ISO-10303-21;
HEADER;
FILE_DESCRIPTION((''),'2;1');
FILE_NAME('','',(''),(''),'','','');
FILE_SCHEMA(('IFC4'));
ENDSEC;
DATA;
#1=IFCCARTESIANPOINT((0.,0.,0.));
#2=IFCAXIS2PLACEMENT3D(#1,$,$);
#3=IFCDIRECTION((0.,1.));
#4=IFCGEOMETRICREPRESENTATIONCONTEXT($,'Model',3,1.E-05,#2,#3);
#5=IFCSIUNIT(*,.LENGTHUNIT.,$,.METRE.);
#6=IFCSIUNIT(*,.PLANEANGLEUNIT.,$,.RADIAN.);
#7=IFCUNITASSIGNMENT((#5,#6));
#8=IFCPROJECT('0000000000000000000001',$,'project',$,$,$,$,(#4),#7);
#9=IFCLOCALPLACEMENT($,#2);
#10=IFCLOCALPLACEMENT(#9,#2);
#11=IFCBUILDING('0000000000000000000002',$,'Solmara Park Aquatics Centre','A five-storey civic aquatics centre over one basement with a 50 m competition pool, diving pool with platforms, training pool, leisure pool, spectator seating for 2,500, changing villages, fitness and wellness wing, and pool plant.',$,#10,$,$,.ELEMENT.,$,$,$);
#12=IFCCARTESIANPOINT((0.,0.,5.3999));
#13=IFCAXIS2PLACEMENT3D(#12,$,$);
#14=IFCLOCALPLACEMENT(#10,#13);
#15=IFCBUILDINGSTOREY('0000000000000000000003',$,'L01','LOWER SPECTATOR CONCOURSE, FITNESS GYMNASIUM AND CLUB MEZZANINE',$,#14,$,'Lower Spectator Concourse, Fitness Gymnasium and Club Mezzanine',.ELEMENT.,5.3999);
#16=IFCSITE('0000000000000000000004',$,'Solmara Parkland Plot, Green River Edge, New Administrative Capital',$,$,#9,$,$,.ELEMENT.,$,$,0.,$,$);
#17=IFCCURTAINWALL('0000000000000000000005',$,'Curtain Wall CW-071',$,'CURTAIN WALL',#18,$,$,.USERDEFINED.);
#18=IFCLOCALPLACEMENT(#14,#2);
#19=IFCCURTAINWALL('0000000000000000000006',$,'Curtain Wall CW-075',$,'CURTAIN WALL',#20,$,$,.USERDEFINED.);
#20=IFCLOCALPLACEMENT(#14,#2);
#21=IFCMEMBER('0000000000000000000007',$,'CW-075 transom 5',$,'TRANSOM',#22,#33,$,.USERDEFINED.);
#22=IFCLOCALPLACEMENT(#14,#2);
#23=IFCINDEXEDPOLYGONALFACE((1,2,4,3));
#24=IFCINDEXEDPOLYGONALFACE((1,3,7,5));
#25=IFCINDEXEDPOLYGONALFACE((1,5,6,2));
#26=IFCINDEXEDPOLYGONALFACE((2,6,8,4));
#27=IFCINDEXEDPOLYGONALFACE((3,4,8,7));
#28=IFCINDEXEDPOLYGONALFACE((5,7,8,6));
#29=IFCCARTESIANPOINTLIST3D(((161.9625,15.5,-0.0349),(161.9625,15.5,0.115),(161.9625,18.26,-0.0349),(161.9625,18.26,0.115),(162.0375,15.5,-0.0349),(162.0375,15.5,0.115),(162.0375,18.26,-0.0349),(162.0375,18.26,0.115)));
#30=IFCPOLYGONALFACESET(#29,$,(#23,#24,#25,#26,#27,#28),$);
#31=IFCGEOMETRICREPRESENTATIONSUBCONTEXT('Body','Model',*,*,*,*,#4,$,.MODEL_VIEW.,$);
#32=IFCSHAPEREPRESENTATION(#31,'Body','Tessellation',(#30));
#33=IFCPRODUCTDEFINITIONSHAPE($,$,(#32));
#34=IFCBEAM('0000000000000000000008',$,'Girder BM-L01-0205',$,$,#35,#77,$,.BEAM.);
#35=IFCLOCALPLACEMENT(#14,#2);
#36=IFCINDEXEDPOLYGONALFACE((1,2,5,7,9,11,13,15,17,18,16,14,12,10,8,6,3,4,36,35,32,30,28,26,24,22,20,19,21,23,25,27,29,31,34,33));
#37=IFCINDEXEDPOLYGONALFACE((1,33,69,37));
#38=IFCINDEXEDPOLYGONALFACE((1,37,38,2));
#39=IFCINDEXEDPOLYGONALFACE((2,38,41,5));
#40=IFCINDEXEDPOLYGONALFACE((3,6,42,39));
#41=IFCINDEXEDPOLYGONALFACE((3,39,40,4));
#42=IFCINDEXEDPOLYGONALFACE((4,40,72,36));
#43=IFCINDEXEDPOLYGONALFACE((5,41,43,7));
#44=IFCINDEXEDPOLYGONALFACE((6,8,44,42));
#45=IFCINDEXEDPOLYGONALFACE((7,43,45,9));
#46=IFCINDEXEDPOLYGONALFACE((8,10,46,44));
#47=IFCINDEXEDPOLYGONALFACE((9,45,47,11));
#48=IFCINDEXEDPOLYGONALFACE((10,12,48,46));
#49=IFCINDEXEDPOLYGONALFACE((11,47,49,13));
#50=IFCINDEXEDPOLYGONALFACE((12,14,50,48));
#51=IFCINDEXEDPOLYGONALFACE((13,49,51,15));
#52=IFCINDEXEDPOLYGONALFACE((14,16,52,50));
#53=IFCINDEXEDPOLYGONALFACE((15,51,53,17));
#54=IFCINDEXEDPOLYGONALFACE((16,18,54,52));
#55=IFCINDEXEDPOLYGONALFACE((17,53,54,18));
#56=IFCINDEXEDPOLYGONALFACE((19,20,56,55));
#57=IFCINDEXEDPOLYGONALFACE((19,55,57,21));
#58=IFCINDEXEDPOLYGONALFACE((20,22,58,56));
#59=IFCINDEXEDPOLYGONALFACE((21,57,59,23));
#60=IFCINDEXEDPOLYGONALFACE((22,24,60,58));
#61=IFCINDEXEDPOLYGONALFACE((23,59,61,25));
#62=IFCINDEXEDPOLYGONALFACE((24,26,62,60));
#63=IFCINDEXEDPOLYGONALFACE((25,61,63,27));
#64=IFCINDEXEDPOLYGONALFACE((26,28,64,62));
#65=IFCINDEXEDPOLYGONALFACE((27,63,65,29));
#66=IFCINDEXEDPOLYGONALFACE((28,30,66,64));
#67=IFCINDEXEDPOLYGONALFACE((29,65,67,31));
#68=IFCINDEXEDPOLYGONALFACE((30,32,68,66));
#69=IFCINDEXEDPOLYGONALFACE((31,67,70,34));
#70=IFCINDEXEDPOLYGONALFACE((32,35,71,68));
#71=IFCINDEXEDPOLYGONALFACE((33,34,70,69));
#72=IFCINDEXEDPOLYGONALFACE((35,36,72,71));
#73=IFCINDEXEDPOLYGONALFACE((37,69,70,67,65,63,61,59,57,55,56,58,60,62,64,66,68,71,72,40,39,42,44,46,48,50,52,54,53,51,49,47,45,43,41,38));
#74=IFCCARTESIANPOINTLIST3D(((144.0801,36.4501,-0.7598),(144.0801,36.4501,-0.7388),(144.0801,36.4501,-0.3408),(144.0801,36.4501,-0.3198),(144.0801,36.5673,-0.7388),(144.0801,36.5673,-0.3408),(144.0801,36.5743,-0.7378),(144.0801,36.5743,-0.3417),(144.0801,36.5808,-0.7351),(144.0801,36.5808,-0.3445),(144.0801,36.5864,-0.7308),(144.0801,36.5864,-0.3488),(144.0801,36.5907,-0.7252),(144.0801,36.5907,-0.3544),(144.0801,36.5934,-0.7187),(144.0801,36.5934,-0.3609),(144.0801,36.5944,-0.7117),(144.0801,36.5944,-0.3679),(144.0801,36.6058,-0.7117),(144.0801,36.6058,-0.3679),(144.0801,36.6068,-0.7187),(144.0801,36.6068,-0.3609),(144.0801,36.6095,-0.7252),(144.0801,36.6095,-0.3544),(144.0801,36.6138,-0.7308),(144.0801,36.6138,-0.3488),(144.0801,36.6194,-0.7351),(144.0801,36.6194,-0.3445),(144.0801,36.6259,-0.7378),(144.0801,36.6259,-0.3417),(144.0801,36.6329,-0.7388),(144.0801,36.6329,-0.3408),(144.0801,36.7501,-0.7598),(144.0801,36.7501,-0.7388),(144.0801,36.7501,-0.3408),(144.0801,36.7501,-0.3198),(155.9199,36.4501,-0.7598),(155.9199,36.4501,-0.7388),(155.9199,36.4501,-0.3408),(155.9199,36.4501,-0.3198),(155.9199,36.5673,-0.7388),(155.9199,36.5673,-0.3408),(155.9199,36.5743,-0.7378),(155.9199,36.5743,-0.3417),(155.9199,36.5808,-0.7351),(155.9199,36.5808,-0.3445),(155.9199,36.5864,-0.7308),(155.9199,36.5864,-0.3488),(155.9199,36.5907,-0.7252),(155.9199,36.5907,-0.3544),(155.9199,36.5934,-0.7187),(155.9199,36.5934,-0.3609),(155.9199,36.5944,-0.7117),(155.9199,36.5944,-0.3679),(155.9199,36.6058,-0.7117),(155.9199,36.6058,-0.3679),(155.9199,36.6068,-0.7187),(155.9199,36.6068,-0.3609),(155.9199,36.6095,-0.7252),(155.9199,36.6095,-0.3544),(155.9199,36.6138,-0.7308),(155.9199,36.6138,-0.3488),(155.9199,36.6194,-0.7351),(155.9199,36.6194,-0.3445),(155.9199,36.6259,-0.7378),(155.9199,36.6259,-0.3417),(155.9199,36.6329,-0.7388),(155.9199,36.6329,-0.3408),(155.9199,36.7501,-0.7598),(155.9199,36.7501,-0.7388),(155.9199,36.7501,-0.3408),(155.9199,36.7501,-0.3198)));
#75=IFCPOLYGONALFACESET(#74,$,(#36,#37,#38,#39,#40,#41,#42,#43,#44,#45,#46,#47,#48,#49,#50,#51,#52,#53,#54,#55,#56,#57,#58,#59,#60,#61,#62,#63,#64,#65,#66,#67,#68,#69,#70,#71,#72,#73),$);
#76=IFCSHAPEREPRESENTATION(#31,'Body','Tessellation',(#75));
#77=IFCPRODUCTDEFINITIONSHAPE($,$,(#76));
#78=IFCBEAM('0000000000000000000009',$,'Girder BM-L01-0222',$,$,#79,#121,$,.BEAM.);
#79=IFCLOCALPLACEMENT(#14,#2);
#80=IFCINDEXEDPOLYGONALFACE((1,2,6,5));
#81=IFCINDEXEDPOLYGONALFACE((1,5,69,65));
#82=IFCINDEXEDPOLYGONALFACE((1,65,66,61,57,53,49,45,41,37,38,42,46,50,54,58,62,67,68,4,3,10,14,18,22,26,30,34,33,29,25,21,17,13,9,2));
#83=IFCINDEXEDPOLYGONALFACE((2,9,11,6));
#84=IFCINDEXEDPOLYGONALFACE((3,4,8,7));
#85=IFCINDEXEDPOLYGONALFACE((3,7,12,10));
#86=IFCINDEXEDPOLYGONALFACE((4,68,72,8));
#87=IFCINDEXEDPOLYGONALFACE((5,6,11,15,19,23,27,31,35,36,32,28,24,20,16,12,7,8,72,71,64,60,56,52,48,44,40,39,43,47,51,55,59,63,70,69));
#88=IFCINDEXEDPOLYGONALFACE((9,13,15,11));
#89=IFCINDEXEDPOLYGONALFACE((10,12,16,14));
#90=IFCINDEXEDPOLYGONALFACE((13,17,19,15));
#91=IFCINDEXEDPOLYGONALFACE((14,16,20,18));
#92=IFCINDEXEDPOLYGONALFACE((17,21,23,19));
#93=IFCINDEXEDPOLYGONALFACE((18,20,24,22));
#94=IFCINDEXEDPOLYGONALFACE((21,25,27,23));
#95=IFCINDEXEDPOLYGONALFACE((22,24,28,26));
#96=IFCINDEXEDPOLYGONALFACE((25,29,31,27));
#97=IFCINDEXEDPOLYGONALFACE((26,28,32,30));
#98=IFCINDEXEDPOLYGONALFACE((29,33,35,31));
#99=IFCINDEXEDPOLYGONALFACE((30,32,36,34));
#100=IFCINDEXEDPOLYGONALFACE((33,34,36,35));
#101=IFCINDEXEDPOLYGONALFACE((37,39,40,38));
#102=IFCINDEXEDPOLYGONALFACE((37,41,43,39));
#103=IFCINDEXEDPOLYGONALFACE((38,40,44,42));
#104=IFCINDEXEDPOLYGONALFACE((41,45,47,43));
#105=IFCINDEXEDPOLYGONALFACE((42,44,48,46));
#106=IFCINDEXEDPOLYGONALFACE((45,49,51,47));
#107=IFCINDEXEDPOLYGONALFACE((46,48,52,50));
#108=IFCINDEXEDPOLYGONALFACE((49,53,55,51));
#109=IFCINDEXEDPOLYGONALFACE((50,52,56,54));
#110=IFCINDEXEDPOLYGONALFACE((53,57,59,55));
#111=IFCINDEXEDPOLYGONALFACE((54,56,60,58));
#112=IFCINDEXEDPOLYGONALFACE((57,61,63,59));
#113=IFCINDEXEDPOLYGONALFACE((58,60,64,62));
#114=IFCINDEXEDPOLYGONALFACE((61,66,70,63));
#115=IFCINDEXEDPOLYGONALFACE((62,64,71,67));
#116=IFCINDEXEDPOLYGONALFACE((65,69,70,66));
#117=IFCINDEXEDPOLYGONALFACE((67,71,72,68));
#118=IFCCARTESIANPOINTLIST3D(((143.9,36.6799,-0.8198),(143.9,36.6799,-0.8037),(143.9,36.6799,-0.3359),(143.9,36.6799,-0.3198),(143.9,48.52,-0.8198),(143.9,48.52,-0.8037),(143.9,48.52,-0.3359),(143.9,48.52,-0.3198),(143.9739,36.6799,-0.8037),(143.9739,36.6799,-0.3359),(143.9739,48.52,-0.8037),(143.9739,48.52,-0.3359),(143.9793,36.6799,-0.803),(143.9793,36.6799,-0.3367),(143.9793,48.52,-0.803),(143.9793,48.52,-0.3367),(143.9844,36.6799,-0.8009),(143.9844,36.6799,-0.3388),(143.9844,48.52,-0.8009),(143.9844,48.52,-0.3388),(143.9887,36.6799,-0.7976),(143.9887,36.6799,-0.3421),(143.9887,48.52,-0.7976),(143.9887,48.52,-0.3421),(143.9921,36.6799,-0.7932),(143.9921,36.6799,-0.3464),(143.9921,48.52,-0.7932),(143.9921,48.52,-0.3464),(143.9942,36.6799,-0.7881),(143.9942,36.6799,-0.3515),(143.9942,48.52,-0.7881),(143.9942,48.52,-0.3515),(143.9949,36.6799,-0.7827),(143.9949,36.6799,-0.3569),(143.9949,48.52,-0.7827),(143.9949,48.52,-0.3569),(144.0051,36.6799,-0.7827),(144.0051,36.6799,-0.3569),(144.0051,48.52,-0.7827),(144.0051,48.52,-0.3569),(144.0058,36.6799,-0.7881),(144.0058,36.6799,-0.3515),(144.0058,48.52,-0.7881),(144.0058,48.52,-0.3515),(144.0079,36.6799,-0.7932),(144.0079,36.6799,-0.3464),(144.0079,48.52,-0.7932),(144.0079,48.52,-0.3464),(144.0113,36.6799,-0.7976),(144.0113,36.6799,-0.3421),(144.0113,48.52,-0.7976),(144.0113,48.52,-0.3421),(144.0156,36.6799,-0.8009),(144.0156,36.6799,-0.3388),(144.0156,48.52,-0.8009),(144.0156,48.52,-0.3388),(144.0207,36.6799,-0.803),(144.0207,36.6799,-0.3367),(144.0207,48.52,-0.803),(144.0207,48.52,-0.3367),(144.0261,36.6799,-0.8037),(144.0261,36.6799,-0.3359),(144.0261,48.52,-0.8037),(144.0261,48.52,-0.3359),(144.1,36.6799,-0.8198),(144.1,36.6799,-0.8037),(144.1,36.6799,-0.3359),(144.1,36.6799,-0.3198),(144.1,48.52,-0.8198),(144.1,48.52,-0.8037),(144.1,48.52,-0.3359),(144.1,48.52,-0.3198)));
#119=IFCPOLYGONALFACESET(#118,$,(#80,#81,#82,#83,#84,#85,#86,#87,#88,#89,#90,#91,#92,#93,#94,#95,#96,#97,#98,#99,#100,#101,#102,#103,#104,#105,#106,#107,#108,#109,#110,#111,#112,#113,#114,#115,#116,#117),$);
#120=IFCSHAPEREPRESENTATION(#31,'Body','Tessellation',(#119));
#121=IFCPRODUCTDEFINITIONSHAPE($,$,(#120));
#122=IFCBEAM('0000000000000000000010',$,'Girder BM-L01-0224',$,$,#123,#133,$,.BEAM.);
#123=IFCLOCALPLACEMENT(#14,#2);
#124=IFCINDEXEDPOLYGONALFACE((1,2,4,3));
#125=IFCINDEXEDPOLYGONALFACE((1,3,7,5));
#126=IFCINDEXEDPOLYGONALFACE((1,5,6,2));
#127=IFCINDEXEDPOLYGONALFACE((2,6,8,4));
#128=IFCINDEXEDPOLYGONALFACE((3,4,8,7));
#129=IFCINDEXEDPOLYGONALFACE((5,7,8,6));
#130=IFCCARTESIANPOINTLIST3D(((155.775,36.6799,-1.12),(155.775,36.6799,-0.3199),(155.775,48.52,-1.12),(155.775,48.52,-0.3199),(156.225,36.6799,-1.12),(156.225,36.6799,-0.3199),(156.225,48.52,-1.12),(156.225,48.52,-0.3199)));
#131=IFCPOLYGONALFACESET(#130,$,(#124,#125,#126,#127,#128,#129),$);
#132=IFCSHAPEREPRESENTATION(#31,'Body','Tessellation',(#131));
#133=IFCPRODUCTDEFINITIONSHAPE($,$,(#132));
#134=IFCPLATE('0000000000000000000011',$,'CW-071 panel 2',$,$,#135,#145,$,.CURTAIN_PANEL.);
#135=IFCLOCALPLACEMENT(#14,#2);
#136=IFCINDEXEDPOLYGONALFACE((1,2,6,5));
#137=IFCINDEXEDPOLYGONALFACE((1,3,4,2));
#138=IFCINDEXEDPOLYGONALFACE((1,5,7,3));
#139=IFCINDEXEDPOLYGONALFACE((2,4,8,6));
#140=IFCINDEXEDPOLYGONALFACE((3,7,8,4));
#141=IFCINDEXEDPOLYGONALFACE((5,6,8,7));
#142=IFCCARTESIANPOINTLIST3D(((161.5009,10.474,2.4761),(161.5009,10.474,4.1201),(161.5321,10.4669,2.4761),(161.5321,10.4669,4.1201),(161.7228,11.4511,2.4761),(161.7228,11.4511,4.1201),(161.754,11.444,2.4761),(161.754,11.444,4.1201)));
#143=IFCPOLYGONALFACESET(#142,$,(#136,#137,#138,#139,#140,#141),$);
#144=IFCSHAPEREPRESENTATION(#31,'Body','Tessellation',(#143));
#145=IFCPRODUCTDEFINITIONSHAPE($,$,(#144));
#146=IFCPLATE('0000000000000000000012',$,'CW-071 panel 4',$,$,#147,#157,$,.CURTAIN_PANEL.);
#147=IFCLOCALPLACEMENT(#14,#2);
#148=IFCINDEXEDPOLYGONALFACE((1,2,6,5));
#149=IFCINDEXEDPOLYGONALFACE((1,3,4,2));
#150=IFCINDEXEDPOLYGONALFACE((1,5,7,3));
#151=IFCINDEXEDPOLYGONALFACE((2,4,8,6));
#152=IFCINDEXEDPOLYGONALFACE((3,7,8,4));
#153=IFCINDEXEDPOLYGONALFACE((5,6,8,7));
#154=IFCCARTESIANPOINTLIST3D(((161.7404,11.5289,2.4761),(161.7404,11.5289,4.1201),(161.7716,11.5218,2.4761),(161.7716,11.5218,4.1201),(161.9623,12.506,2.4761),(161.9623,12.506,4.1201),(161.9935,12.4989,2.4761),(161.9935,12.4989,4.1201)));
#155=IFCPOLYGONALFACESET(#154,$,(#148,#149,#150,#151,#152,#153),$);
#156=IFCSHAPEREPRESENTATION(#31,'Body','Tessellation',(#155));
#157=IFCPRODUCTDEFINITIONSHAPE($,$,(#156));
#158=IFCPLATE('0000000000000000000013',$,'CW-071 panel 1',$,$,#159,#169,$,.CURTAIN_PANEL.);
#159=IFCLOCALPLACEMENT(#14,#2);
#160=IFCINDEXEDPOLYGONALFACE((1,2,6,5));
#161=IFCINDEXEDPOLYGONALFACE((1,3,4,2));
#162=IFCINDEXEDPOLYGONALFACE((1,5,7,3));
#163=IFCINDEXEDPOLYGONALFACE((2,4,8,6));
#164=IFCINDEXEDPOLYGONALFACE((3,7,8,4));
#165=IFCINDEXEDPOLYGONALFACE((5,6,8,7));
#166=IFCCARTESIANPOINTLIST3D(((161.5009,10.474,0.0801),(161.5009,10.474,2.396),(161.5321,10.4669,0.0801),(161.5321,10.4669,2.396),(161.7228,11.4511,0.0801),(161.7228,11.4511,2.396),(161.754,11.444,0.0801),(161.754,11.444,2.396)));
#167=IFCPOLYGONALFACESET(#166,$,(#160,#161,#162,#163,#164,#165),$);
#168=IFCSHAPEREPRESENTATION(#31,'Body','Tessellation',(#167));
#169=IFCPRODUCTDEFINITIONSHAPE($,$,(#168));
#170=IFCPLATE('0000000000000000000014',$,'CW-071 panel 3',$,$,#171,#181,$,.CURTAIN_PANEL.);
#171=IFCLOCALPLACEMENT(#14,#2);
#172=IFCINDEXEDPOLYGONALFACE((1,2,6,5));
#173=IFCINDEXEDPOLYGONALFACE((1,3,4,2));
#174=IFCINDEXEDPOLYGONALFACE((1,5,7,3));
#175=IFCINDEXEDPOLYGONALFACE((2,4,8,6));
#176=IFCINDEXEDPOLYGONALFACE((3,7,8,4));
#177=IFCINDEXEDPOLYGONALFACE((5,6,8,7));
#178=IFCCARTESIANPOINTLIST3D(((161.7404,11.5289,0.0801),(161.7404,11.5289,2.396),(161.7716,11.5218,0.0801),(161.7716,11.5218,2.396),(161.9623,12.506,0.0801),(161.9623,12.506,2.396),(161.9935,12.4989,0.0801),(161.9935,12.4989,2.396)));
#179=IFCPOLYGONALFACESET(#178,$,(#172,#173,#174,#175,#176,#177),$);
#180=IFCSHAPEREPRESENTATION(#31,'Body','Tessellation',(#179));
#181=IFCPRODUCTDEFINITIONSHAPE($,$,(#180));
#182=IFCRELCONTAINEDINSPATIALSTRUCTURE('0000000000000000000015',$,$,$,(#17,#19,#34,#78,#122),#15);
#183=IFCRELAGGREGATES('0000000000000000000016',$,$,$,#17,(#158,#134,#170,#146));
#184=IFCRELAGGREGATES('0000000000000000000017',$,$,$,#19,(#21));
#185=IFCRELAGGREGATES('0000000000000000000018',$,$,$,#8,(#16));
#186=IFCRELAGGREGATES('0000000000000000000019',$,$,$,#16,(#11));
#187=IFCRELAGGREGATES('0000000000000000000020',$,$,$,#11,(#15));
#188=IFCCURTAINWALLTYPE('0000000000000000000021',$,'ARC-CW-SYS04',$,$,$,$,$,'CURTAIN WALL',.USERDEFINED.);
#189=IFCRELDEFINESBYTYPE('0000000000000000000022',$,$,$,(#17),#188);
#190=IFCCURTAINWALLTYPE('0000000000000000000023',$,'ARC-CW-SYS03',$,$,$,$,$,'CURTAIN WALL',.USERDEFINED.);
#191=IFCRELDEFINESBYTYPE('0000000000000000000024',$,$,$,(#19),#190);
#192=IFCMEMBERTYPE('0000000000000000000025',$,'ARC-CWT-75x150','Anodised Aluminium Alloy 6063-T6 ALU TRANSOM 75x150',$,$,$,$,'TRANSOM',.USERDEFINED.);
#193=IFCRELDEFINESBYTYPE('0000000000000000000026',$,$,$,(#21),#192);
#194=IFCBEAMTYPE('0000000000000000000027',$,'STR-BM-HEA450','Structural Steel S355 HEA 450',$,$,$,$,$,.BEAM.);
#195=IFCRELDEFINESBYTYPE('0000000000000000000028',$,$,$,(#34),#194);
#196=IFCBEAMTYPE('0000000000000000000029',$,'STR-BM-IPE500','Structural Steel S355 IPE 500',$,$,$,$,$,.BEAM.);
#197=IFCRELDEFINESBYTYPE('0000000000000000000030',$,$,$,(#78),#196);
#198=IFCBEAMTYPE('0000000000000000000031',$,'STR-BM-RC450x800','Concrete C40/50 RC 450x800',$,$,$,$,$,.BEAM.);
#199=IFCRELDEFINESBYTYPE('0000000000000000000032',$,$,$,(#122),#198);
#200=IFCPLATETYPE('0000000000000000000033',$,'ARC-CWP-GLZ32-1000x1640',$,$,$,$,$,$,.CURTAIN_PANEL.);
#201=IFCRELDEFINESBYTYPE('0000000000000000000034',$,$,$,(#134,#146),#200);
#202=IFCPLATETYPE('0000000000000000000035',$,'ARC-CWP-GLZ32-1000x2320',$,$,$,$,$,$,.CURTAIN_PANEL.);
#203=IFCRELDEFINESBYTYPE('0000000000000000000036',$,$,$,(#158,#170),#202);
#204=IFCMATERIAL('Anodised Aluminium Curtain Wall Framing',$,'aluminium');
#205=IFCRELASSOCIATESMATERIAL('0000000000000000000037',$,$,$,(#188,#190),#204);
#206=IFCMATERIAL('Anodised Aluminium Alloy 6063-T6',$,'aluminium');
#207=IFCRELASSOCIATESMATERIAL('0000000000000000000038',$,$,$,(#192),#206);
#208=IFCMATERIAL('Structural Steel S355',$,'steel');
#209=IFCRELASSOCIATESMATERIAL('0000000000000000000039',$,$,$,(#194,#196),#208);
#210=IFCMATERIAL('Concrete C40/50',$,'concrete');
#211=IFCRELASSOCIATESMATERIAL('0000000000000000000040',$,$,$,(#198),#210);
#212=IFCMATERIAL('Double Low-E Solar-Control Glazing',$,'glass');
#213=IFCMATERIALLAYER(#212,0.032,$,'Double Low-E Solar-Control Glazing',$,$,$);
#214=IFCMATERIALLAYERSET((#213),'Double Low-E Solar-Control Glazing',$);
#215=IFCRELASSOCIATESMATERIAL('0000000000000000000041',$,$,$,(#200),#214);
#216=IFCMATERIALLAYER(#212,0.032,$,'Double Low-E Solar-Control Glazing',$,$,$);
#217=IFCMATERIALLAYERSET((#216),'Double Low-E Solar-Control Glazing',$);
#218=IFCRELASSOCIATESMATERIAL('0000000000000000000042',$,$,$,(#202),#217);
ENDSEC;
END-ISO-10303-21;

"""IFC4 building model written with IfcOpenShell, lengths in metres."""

from ifc_helpers import new_model, si_unit, direction, frame, origin, origin_2d, place, context, subcontext, project, spatial, rectangle, i_section, extrude, material, layer, layer_set, material_profile, profile_set, type_object, element, aggregate, save


model = new_model("IFC4")

# Units and contexts
model_context = context("Model", 3, precision=1e-05, world=origin(), true_north=direction((0.0, 1.0)))
body_context = subcontext(model_context, "Body", "Model", "MODEL_VIEW")
ifc_project = project(units=[si_unit("LENGTHUNIT", "METRE"), si_unit("PLANEANGLEUNIT", "RADIAN")], contexts=[model_context])

# Site, building, storey
site_placement = place(None, origin())
site = spatial("IfcSite", under=ifc_project, at=site_placement, Name="Solmara Parkland Plot, Green River Edge, New Administrative Capital", CompositionType="ELEMENT", RefElevation=0.0)
building_placement = place(site_placement, origin())
building = spatial("IfcBuilding", under=site, at=building_placement, Name="Solmara Park Aquatics Centre", Description="A five-storey civic aquatics centre over one basement with a 50 m competition pool, diving pool with platforms, training pool, leisure pool, spectator seating for 2,500, changing villages, fitness and wellness wing, and pool plant.", CompositionType="ELEMENT")
storey_placement = place(building_placement, frame((0.0, 0.0, 5.3999)))
storey = spatial("IfcBuildingStorey", under=building, at=storey_placement, Name="L01", Description="LOWER SPECTATOR CONCOURSE, FITNESS GYMNASIUM AND CLUB MEZZANINE", LongName="Lower Spectator Concourse, Fitness Gymnasium and Club Mezzanine", CompositionType="ELEMENT", Elevation=5.3999)

# Shared definitions
ifc_material_1 = material(Name="Structural Steel S355", Category="steel")
ifc_material_2 = material(Name="Concrete C40/50", Category="concrete")

# Shared definitions
ifc_material_3 = material(Name="Anodised Aluminium Curtain Wall Framing", Category="aluminium")
curtain_wall_type_1 = type_object("IfcCurtainWallType", Name="ARC-CW-SYS04", ElementType="CURTAIN WALL", PredefinedType="USERDEFINED", material=ifc_material_3)
ifc_material_4 = material(Name="Anodised Aluminium Alloy 6063-T6", Category="aluminium")

# Curtain walls
curtain_wall_1_placement = place(storey_placement, origin())
curtain_wall_1 = element("IfcCurtainWall", 1, at=curtain_wall_1_placement, inside=storey, type_object=curtain_wall_type_1, Name="Curtain Wall CW-071", ObjectType="CURTAIN WALL", PredefinedType="USERDEFINED")
curtain_wall_type_2 = type_object("IfcCurtainWallType", Name="ARC-CW-SYS03", ElementType="CURTAIN WALL", PredefinedType="USERDEFINED", material=ifc_material_3)
curtain_wall_2_placement = place(storey_placement, origin())
curtain_wall_2 = element("IfcCurtainWall", 2, at=curtain_wall_2_placement, inside=storey, type_object=curtain_wall_type_2, Name="Curtain Wall CW-075", ObjectType="CURTAIN WALL", PredefinedType="USERDEFINED")

# Member
ifc_material_profile_1 = material_profile(ifc_material_4, rectangle(XDim=0.075, YDim=0.1499, at=origin_2d()), Name="ALU TRANSOM 75x150")
ifc_profile_set_1 = profile_set([ifc_material_profile_1], Name="Anodised Aluminium Alloy 6063-T6")
member_type_1 = type_object("IfcMemberType", Name="ARC-CWT-75x150", Description="Anodised Aluminium Alloy 6063-T6 ALU TRANSOM 75x150", ElementType="TRANSOM", PredefinedType="USERDEFINED", material=ifc_profile_set_1)
member_1_placement = place(storey_placement, frame((162.0, 15.5, 0.04), z_axis=(0.0, 1.0, 0.0), x_axis=(-1.0, 0.0, 0.0)))
member_1 = element("IfcMember", 3, at=member_1_placement, type_object=member_type_1, Name="CW-075 transom 5", ObjectType="TRANSOM", PredefinedType="USERDEFINED", context=body_context, shape_type="SweptSolid", body=[
    extrude(rectangle(XDim=0.075, YDim=0.1499, at=origin_2d()), origin(), (0.0, 0.0, 1.0), 2.76),
])

# Beams
ifc_material_profile_2 = material_profile(ifc_material_1, i_section(OverallWidth=0.3, OverallDepth=0.4399, WebThickness=0.0115, FlangeThickness=0.021, FilletRadius=0.0271, at=origin_2d()), Name="HEA 450")
ifc_profile_set_2 = profile_set([ifc_material_profile_2], Name="Structural Steel S355")
beam_type_1 = type_object("IfcBeamType", Name="STR-BM-HEA450", Description="Structural Steel S355 HEA 450", PredefinedType="BEAM", material=ifc_profile_set_2)
beam_1_placement = place(storey_placement, frame((144.0801, 36.6001, -0.5398), z_axis=(1.0, 0.0, 0.0), x_axis=(0.0, 1.0, 0.0)))
element("IfcBeam", 4, at=beam_1_placement, inside=storey, type_object=beam_type_1, Name="Girder BM-L01-0205", PredefinedType="BEAM", context=body_context, shape_type="SweptSolid", body=[
    extrude(i_section(OverallWidth=0.3, OverallDepth=0.4399, WebThickness=0.0115, FlangeThickness=0.021, FilletRadius=0.0271, at=origin_2d()), origin(), (0.0, 0.0, 1.0), 11.8398),
])
ifc_material_profile_3 = material_profile(ifc_material_1, i_section(OverallWidth=0.2, OverallDepth=0.5, WebThickness=0.0103, FlangeThickness=0.0161, FilletRadius=0.021, at=origin_2d()), Name="IPE 500")
ifc_profile_set_3 = profile_set([ifc_material_profile_3], Name="Structural Steel S355")
beam_type_2 = type_object("IfcBeamType", Name="STR-BM-IPE500", Description="Structural Steel S355 IPE 500", PredefinedType="BEAM", material=ifc_profile_set_3)
beam_2_placement = place(storey_placement, frame((144.0, 36.6799, -0.5698), z_axis=(0.0, 1.0, 0.0), x_axis=(-1.0, 0.0, 0.0)))
element("IfcBeam", 5, at=beam_2_placement, inside=storey, type_object=beam_type_2, Name="Girder BM-L01-0222", PredefinedType="BEAM", context=body_context, shape_type="SweptSolid", body=[
    extrude(i_section(OverallWidth=0.2, OverallDepth=0.5, WebThickness=0.0103, FlangeThickness=0.0161, FilletRadius=0.021, at=origin_2d()), origin(), (0.0, 0.0, 1.0), 11.8401),
])
ifc_material_profile_4 = material_profile(ifc_material_2, rectangle(XDim=0.45, YDim=0.8, at=origin_2d()), Name="RC 450x800")
ifc_profile_set_4 = profile_set([ifc_material_profile_4], Name="Concrete C40/50")
beam_type_3 = type_object("IfcBeamType", Name="STR-BM-RC450x800", Description="Concrete C40/50 RC 450x800", PredefinedType="BEAM", material=ifc_profile_set_4)
beam_3_placement = place(storey_placement, frame((156.0, 36.6799, -0.72), z_axis=(0.0, 1.0, 0.0), x_axis=(-1.0, 0.0, 0.0)))
element("IfcBeam", 6, at=beam_3_placement, inside=storey, type_object=beam_type_3, Name="Girder BM-L01-0224", PredefinedType="BEAM", context=body_context, shape_type="SweptSolid", body=[
    extrude(rectangle(XDim=0.45, YDim=0.8, at=origin_2d()), origin(), (0.0, 0.0, 1.0), 11.8401),
])

# Plates
ifc_material_5 = material(Name="Double Low-E Solar-Control Glazing", Category="glass")
ifc_layer_1 = layer(ifc_material_5, 0.032, Name="Double Low-E Solar-Control Glazing")
ifc_layer_set_1 = layer_set([ifc_layer_1], Name="Double Low-E Solar-Control Glazing")
plate_type_1 = type_object("IfcPlateType", Name="ARC-CWP-GLZ32-1000x1640", PredefinedType="CURTAIN_PANEL", material=ifc_layer_set_1)
plate_1_placement = place(storey_placement, frame((161.6274, 10.959, 2.4761), z_axis=(0.0, 0.0, 1.0), x_axis=(0.221421, 0.975178, 0.0)))
plate_1 = element("IfcPlate", 7, at=plate_1_placement, type_object=plate_type_1, Name="CW-071 panel 2", PredefinedType="CURTAIN_PANEL", context=body_context, shape_type="SweptSolid", body=[
    extrude(rectangle(XDim=1.002, YDim=0.032, at=origin_2d()), origin(), (0.0, 0.0, 1.0), 1.644),
])
plate_2_placement = place(storey_placement, frame((161.8669, 12.0139, 2.4761), z_axis=(0.0, 0.0, 1.0), x_axis=(0.221421, 0.975178, 0.0)))
plate_2 = element("IfcPlate", 8, at=plate_2_placement, type_object=plate_type_1, Name="CW-071 panel 4", PredefinedType="CURTAIN_PANEL", context=body_context, shape_type="SweptSolid", body=[
    extrude(rectangle(XDim=1.002, YDim=0.032, at=origin_2d()), origin(), (0.0, 0.0, 1.0), 1.644),
])
ifc_layer_2 = layer(ifc_material_5, 0.032, Name="Double Low-E Solar-Control Glazing")
ifc_layer_set_2 = layer_set([ifc_layer_2], Name="Double Low-E Solar-Control Glazing")
plate_type_2 = type_object("IfcPlateType", Name="ARC-CWP-GLZ32-1000x2320", PredefinedType="CURTAIN_PANEL", material=ifc_layer_set_2)
plate_3_placement = place(storey_placement, frame((161.6274, 10.959, 0.0801), z_axis=(0.0, 0.0, 1.0), x_axis=(0.221421, 0.975178, 0.0)))
plate_3 = element("IfcPlate", 9, at=plate_3_placement, type_object=plate_type_2, Name="CW-071 panel 1", PredefinedType="CURTAIN_PANEL", context=body_context, shape_type="SweptSolid", body=[
    extrude(rectangle(XDim=1.002, YDim=0.032, at=origin_2d()), origin(), (0.0, 0.0, 1.0), 2.3159),
])
plate_4_placement = place(storey_placement, frame((161.8669, 12.0139, 0.0801), z_axis=(0.0, 0.0, 1.0), x_axis=(0.221421, 0.975178, 0.0)))
plate_4 = element("IfcPlate", 10, at=plate_4_placement, type_object=plate_type_2, Name="CW-071 panel 3", PredefinedType="CURTAIN_PANEL", context=body_context, shape_type="SweptSolid", body=[
    extrude(rectangle(XDim=1.002, YDim=0.032, at=origin_2d()), origin(), (0.0, 0.0, 1.0), 2.3159),
])
aggregate(curtain_wall_1, [plate_3, plate_1, plate_4, plate_2])
aggregate(curtain_wall_2, [member_1])

save(model, "model.ifc")
